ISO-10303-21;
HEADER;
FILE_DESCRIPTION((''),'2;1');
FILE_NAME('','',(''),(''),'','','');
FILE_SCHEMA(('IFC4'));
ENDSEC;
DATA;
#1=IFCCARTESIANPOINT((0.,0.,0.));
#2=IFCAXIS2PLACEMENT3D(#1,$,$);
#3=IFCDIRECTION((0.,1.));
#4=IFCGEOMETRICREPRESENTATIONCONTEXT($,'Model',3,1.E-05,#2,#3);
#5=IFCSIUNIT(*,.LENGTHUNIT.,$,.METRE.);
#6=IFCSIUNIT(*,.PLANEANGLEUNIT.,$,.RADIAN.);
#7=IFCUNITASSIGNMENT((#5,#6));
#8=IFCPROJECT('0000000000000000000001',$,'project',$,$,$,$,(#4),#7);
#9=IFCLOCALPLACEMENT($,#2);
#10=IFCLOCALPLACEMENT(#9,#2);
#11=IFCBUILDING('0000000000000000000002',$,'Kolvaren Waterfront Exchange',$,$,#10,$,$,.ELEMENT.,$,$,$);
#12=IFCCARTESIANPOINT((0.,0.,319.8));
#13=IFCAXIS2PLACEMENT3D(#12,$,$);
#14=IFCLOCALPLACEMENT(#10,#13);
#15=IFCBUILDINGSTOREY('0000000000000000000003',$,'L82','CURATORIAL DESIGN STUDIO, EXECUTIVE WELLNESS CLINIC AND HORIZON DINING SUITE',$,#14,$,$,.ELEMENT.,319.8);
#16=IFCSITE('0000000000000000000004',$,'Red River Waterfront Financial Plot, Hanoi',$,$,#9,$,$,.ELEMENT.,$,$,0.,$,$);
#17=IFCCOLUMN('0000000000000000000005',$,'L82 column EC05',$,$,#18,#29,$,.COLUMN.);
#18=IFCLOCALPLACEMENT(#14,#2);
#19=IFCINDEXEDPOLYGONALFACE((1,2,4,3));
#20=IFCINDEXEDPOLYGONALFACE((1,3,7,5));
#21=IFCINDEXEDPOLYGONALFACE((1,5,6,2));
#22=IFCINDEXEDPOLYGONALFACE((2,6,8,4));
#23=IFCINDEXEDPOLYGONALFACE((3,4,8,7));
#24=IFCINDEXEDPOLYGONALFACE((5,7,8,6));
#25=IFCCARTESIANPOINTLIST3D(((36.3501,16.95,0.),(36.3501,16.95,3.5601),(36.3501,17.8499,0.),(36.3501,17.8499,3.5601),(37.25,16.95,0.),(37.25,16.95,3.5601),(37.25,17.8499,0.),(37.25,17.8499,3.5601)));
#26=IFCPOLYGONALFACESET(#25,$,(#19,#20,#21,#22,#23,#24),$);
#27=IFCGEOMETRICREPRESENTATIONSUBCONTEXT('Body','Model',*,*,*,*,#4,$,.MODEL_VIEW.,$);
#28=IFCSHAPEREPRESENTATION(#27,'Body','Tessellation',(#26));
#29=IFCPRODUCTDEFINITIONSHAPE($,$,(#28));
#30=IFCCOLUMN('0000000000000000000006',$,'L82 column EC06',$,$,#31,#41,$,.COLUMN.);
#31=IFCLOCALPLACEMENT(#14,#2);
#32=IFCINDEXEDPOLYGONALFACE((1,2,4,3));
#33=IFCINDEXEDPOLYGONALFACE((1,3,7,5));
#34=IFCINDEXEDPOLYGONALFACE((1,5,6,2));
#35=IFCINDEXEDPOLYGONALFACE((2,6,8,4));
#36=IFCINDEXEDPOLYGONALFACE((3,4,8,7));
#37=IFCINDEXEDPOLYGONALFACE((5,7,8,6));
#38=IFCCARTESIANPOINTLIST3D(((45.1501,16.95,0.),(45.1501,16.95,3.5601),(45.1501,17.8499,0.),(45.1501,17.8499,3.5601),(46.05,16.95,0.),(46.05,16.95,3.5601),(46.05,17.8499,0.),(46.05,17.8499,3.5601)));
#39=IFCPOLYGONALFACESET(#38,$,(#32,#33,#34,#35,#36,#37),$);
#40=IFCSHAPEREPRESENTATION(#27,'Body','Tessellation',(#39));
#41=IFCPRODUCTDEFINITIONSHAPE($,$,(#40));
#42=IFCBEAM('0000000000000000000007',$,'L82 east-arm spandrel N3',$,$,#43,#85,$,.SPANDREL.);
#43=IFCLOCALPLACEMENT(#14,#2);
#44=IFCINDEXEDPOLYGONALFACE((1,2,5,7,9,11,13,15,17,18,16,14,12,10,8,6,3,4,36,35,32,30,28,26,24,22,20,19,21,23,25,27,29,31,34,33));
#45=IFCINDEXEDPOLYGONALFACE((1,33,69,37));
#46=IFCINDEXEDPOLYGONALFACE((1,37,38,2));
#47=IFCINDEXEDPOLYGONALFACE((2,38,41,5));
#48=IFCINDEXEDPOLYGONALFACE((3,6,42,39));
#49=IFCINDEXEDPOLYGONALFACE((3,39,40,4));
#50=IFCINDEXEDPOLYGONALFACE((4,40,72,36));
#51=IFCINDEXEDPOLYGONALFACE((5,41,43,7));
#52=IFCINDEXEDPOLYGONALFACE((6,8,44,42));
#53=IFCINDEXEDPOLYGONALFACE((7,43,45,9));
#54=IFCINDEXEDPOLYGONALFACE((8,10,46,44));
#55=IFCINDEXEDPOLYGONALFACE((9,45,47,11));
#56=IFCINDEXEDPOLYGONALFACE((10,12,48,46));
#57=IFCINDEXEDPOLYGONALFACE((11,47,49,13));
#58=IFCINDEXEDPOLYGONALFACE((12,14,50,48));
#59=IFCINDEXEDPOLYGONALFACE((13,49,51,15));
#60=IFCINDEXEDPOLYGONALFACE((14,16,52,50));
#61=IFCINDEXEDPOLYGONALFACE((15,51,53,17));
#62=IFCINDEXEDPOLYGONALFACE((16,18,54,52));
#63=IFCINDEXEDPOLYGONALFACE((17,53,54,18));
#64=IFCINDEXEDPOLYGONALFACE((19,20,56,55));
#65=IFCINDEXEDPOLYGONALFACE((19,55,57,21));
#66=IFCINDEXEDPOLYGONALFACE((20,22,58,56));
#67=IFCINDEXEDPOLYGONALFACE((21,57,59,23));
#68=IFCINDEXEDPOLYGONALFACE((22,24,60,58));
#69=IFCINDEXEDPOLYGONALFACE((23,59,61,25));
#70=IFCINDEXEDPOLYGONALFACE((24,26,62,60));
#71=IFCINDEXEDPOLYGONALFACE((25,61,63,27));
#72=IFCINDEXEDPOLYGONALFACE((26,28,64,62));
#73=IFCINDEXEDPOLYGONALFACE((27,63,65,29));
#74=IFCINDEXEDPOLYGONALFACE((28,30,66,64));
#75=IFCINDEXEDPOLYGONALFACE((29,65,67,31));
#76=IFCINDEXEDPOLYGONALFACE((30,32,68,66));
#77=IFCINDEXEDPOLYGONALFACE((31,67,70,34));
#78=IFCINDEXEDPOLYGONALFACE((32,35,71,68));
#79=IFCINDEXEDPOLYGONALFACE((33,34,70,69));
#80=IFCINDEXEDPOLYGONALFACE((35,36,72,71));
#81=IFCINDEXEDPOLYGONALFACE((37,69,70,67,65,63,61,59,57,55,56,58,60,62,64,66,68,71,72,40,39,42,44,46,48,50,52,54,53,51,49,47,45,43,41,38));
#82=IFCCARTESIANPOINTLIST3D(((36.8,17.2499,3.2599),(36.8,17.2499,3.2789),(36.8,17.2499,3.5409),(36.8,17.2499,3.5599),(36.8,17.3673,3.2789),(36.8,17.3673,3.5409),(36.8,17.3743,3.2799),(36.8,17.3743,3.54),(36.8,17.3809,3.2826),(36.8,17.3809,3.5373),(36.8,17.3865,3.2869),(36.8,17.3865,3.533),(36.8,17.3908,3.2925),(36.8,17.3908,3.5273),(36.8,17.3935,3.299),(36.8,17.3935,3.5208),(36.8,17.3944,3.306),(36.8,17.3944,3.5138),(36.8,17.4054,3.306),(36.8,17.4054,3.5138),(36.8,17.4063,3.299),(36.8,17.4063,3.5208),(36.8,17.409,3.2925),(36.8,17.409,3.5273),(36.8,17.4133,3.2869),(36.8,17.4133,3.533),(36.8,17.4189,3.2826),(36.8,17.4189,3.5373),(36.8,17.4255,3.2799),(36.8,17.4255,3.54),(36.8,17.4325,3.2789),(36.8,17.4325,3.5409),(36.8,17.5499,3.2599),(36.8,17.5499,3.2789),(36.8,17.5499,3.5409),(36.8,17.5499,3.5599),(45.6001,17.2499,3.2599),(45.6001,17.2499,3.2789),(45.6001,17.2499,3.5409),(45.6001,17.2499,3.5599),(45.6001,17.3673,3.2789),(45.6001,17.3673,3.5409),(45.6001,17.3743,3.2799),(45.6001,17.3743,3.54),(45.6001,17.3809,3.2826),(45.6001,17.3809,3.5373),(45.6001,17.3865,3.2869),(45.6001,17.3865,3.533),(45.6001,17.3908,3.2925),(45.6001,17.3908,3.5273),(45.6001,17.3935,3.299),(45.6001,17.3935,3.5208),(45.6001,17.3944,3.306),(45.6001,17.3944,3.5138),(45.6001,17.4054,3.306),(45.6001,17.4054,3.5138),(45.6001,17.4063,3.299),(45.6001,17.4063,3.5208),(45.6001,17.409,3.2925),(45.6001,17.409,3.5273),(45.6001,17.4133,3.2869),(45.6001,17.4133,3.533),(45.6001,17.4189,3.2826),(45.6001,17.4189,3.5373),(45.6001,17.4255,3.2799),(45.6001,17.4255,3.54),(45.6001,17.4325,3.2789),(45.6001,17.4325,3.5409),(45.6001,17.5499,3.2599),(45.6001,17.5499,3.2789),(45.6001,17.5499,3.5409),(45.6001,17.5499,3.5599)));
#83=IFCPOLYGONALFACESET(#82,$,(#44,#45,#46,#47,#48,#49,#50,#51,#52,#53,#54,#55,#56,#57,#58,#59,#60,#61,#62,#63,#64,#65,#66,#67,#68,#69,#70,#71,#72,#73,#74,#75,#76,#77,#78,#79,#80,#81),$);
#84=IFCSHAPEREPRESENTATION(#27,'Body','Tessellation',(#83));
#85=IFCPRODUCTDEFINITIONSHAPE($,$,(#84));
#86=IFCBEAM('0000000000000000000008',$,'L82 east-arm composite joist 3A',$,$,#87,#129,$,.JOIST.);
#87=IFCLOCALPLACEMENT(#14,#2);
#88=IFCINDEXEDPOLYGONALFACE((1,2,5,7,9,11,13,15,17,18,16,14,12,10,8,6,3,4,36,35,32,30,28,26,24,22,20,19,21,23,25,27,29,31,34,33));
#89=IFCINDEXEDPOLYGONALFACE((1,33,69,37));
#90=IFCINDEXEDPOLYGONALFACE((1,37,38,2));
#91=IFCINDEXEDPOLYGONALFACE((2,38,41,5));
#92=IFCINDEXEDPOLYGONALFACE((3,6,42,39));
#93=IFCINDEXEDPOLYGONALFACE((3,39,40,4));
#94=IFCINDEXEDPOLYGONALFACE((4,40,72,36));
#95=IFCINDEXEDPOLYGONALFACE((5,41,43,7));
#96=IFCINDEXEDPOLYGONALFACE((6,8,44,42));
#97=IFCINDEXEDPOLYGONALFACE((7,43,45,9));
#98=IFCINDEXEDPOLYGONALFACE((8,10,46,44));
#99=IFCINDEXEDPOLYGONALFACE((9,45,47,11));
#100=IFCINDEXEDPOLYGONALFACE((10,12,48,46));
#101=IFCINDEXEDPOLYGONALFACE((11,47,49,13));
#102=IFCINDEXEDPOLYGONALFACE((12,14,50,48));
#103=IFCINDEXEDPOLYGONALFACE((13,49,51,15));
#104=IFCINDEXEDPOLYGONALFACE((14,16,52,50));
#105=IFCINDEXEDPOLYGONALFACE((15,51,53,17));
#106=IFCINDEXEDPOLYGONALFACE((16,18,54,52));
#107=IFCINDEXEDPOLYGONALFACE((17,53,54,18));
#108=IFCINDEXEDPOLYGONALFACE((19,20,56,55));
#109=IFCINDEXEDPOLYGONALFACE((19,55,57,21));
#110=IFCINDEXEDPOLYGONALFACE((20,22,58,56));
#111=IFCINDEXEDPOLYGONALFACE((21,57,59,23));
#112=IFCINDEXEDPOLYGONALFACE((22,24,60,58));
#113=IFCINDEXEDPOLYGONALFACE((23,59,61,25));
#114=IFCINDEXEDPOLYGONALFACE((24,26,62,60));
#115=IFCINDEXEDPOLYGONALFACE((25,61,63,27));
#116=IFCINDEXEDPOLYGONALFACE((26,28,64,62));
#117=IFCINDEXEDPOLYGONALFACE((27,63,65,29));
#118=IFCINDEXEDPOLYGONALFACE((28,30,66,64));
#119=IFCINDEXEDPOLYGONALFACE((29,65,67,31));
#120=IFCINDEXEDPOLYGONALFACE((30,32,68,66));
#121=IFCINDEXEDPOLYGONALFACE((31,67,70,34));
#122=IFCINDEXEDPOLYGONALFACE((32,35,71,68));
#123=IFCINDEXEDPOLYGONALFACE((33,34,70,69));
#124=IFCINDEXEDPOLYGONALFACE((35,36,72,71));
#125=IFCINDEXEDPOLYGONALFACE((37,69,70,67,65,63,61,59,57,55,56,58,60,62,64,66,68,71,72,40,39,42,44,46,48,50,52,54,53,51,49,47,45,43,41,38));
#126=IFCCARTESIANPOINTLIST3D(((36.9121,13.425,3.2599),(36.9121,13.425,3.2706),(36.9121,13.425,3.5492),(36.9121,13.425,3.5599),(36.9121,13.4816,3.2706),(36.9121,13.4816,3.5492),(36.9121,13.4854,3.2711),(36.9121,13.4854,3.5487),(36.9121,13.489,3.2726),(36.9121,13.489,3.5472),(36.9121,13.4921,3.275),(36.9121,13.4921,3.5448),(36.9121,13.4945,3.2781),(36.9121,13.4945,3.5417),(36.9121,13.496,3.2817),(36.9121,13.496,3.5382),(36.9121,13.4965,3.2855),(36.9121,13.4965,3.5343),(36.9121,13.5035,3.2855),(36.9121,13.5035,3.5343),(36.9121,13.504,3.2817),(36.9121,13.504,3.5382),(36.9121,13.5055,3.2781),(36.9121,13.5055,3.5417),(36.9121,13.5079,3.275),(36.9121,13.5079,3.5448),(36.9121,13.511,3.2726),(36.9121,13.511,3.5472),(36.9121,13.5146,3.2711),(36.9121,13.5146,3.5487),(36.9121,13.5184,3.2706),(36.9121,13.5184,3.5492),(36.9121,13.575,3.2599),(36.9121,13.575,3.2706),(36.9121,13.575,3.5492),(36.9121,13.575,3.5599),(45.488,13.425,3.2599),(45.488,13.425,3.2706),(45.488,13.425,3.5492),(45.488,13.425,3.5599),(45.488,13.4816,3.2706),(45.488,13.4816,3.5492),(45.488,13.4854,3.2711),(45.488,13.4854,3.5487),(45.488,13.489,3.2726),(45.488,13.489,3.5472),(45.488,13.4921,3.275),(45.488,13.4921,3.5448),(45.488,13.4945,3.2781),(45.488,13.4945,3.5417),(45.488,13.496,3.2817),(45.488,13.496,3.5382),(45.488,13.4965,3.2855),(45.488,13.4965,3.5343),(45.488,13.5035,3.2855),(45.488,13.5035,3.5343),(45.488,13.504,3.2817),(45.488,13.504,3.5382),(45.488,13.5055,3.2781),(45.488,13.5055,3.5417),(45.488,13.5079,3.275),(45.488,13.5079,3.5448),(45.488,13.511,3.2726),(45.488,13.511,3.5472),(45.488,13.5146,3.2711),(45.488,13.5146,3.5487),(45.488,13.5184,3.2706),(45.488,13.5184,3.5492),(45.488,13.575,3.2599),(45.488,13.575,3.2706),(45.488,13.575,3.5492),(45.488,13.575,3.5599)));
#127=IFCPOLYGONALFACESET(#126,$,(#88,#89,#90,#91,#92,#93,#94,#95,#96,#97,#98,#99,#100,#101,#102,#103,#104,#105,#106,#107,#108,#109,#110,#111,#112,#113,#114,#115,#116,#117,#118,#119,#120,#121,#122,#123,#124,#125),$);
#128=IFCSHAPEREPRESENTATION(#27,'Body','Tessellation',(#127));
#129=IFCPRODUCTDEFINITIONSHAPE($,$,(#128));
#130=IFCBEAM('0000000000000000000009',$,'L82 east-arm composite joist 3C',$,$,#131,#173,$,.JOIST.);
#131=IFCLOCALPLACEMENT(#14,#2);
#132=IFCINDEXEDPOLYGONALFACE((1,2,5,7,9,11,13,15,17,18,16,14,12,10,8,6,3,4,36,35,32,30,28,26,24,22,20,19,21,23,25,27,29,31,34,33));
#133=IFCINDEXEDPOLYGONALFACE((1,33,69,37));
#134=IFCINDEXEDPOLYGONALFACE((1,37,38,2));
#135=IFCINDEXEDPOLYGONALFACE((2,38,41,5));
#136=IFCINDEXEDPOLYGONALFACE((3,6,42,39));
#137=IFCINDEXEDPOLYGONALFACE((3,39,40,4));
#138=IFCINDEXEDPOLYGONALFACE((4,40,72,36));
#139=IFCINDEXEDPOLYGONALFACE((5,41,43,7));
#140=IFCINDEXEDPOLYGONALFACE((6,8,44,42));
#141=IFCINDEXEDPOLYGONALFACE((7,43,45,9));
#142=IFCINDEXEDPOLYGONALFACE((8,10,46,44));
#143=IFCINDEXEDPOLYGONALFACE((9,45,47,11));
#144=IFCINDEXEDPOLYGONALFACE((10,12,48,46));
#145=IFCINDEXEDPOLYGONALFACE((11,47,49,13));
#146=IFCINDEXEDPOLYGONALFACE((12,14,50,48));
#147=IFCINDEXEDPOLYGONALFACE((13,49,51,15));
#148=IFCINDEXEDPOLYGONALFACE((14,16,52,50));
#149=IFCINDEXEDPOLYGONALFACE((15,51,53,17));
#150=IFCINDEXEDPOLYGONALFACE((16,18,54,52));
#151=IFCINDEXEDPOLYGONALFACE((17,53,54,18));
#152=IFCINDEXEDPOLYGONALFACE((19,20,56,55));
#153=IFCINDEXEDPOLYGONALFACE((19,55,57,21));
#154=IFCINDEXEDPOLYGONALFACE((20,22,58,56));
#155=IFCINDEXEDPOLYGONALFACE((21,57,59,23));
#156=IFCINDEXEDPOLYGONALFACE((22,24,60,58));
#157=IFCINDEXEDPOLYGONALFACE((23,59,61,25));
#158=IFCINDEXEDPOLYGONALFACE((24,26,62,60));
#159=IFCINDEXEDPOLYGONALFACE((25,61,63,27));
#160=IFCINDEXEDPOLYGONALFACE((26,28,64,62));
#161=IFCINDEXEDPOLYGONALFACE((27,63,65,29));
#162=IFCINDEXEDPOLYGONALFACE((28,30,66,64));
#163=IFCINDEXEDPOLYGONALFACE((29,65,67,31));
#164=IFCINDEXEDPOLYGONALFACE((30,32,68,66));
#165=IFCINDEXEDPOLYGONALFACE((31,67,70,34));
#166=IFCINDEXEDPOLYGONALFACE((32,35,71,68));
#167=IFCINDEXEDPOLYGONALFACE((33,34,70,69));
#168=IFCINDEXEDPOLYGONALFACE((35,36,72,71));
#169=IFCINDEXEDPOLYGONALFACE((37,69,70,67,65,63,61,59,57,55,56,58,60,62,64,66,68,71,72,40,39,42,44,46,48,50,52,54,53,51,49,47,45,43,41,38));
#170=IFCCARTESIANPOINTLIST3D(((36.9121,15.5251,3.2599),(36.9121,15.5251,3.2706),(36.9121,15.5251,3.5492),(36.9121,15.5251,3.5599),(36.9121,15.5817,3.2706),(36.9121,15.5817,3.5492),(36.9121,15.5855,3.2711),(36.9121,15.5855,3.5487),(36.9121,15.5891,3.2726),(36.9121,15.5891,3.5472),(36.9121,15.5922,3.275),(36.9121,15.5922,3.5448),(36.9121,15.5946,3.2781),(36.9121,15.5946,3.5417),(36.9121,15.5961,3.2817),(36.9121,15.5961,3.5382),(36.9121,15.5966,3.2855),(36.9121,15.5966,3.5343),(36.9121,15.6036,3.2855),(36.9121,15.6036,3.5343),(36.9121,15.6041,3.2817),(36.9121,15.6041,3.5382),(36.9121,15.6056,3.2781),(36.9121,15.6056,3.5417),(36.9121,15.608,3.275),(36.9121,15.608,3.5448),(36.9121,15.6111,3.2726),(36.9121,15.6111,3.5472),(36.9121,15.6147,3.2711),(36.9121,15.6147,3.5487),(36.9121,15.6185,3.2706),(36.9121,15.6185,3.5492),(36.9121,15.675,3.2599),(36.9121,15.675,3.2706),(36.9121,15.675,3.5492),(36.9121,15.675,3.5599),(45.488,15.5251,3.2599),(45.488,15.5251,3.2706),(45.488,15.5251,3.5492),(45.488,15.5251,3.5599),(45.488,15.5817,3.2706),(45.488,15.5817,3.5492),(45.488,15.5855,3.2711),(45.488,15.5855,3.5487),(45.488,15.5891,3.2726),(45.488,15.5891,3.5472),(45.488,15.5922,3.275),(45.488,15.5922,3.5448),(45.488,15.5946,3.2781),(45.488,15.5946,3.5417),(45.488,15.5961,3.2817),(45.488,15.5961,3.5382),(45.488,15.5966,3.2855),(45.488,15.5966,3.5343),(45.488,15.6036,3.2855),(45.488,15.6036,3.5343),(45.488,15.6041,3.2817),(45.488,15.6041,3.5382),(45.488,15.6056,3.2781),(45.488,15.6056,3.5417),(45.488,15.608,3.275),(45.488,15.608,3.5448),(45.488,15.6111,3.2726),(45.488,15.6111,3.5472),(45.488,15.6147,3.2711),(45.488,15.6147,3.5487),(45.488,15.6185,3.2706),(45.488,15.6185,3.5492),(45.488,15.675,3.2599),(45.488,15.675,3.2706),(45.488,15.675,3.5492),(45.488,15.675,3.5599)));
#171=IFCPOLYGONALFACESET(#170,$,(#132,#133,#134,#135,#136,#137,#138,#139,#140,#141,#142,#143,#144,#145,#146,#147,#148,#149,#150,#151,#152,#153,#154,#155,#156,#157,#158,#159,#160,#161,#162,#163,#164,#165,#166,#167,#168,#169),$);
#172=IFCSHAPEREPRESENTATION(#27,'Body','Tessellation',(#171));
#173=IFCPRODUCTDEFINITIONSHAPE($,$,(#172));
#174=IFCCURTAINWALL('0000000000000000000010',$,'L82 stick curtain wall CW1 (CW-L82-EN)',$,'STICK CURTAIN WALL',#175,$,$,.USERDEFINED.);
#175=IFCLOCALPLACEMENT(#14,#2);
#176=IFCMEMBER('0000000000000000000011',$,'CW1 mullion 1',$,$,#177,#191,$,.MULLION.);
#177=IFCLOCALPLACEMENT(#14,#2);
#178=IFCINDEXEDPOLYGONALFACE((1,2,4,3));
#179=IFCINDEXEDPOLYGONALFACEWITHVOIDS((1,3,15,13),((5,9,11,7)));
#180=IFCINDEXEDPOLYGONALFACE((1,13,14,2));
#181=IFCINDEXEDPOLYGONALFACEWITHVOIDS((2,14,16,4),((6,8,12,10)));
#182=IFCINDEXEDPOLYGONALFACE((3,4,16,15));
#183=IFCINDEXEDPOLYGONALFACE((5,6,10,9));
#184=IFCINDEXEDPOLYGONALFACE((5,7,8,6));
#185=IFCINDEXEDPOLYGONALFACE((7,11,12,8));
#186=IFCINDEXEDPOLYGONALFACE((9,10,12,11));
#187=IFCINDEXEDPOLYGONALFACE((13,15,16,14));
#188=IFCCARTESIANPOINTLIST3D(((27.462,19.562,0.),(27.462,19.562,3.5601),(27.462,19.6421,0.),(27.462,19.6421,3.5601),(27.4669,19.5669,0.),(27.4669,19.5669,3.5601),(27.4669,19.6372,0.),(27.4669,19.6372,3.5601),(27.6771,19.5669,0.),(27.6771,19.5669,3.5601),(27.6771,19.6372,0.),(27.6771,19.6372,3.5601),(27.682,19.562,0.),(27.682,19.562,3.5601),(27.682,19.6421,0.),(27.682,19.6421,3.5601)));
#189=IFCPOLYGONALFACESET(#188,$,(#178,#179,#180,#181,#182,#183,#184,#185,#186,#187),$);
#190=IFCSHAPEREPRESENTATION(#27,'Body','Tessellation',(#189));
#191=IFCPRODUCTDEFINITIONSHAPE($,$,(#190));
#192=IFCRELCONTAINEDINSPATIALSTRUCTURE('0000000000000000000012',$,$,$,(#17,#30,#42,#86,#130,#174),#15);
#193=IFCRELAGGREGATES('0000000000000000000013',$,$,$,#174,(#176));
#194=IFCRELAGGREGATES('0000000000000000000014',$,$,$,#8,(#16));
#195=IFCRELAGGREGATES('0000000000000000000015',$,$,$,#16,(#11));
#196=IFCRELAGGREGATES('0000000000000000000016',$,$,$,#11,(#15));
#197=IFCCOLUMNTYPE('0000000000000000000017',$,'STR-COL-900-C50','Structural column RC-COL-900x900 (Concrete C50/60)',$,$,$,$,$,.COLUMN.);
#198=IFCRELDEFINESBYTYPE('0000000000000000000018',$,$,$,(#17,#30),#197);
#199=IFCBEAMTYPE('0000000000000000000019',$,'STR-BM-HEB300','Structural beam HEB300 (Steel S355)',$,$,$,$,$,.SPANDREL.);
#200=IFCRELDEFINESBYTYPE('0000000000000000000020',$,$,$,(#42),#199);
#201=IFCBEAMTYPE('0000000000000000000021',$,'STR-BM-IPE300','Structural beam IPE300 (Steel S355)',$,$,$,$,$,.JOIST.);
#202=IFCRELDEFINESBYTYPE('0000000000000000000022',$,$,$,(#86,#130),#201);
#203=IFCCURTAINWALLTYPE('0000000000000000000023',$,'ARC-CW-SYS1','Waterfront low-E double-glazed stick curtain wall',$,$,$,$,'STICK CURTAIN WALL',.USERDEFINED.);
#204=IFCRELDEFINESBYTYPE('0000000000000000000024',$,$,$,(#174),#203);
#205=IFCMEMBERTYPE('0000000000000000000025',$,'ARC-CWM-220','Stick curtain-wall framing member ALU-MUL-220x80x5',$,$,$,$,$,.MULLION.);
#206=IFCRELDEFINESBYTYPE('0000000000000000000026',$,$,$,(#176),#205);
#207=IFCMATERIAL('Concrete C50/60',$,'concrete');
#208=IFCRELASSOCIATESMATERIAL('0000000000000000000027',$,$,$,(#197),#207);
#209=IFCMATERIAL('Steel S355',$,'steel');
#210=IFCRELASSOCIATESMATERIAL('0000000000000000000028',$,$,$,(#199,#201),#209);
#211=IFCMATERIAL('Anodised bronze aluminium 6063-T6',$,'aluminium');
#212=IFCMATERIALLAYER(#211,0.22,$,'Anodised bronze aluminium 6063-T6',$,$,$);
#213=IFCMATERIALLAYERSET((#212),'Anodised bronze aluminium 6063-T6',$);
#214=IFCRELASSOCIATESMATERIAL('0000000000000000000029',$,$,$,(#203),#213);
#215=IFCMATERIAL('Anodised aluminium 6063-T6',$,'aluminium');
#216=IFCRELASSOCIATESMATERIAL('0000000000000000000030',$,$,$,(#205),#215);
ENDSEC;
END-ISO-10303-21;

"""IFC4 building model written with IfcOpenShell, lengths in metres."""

from ifc_helpers import new_model, si_unit, direction, frame, origin, origin_with_axes, origin_2d, place, context, subcontext, project, spatial, rectangle, hollow_rectangle, i_section, extrude, source, transform, mapped, material, layer, layer_set, material_profile, profile_set, type_object, element, aggregate, save


model = new_model("IFC4")

# Units and contexts
model_context = context("Model", 3, precision=1e-05, world=origin(), true_north=direction((0.0, 1.0)))
body_context = subcontext(model_context, "Body", "Model", "MODEL_VIEW")
ifc_project = project(units=[si_unit("LENGTHUNIT", "METRE"), si_unit("PLANEANGLEUNIT", "RADIAN")], contexts=[model_context])

# Site, building, storey
site_placement = place(None, origin())
site = spatial("IfcSite", under=ifc_project, at=site_placement, Name="Red River Waterfront Financial Plot, Hanoi", CompositionType="ELEMENT", RefElevation=0.0)
building_placement = place(site_placement, origin())
building = spatial("IfcBuilding", under=site, at=building_placement, Name="Kolvaren Waterfront Exchange", CompositionType="ELEMENT")
storey_placement = place(building_placement, frame((0.0, 0.0, 319.8)))
storey = spatial("IfcBuildingStorey", under=building, at=storey_placement, Name="L82", Description="CURATORIAL DESIGN STUDIO, EXECUTIVE WELLNESS CLINIC AND HORIZON DINING SUITE", CompositionType="ELEMENT", Elevation=319.8)

# Columns
ifc_material_1 = material(Name="Concrete C50/60", Category="concrete")
ifc_material_profile_1 = material_profile(ifc_material_1, rectangle(XDim=0.8999, YDim=0.8999, at=origin_2d()), Name="RC-COL-900x900")
ifc_profile_set_1 = profile_set([ifc_material_profile_1], Name="Concrete C50/60")
column_type = type_object("IfcColumnType", Name="STR-COL-900-C50", Description="Structural column RC-COL-900x900 (Concrete C50/60)", PredefinedType="COLUMN", material=ifc_profile_set_1)
for number, where, z_axis, x_axis, name in (
    (1, (36.8, 17.3999, 0.0), (0.0, 0.0, 1.0), (1.0, 0.0, 0.0), "L82 column EC05"),
    (2, (45.6001, 17.3999, 0.0), (0.0, 0.0, 1.0), (1.0, 0.0, 0.0), "L82 column EC06"),
):
    element("IfcColumn", number, at=place(storey_placement, frame(where, z_axis=z_axis, x_axis=x_axis)), inside=storey, type_object=column_type, Name=name, PredefinedType="COLUMN", context=body_context, shape_type="SweptSolid", body=[
        extrude(rectangle(XDim=0.8999, YDim=0.8999, at=origin_2d()), origin(), (0.0, 0.0, 1.0), 3.5601),
    ])

# Beams
ifc_material_2 = material(Name="Steel S355", Category="steel")
ifc_material_profile_2 = material_profile(ifc_material_2, i_section(OverallWidth=0.3, OverallDepth=0.3, WebThickness=0.011, FlangeThickness=0.019, FilletRadius=0.0271, at=origin_2d()), Name="HEB300")
ifc_profile_set_2 = profile_set([ifc_material_profile_2], Name="Steel S355")
beam_type_1 = type_object("IfcBeamType", Name="STR-BM-HEB300", Description="Structural beam HEB300 (Steel S355)", PredefinedType="SPANDREL", material=ifc_profile_set_2)
beam_placement = place(storey_placement, frame((36.8, 17.3999, 3.4099), z_axis=(1.0, 0.0, 0.0), x_axis=(0.0, 1.0, 0.0)))
element("IfcBeam", 3, at=beam_placement, inside=storey, type_object=beam_type_1, Name="L82 east-arm spandrel N3", PredefinedType="SPANDREL", context=body_context, shape_type="SweptSolid", body=[
    extrude(i_section(OverallWidth=0.3, OverallDepth=0.3, WebThickness=0.011, FlangeThickness=0.019, FilletRadius=0.0271, at=origin_2d()), origin(), (0.0, 0.0, 1.0), 8.8),
])
ifc_material_profile_3 = material_profile(ifc_material_2, i_section(OverallWidth=0.1499, OverallDepth=0.3, WebThickness=0.0071, FlangeThickness=0.0107, FilletRadius=0.0149, at=origin_2d()), Name="IPE300")
ifc_profile_set_3 = profile_set([ifc_material_profile_3], Name="Steel S355")
beam_type_2 = type_object("IfcBeamType", Name="STR-BM-IPE300", Description="Structural beam IPE300 (Steel S355)", PredefinedType="JOIST", material=ifc_profile_set_3)
for number, where, z_axis, x_axis, name in (
    (4, (36.9121, 13.5, 3.4099), (1.0, 0.0, 0.0), (0.0, 1.0, 0.0), "L82 east-arm composite joist 3A"),
    (5, (36.9121, 15.6001, 3.4099), (1.0, 0.0, 0.0), (0.0, 1.0, 0.0), "L82 east-arm composite joist 3C"),
):
    element("IfcBeam", number, at=place(storey_placement, frame(where, z_axis=z_axis, x_axis=x_axis)), inside=storey, type_object=beam_type_2, Name=name, PredefinedType="JOIST", context=body_context, shape_type="SweptSolid", body=[
        extrude(i_section(OverallWidth=0.1499, OverallDepth=0.3, WebThickness=0.0071, FlangeThickness=0.0107, FilletRadius=0.0149, at=origin_2d()), origin(), (0.0, 0.0, 1.0), 8.5759),
    ])

# Curtain wall, member
ifc_material_3 = material(Name="Anodised bronze aluminium 6063-T6", Category="aluminium")
ifc_layer_1 = layer(ifc_material_3, 0.22, Name="Anodised bronze aluminium 6063-T6")
ifc_layer_set_1 = layer_set([ifc_layer_1], Name="Anodised bronze aluminium 6063-T6")
curtain_wall_type = type_object("IfcCurtainWallType", Name="ARC-CW-SYS1", Description="Waterfront low-E double-glazed stick curtain wall", ElementType="STICK CURTAIN WALL", PredefinedType="USERDEFINED", material=ifc_layer_set_1)
curtain_wall_placement = place(storey_placement, origin())
curtain_wall = element("IfcCurtainWall", 6, at=curtain_wall_placement, inside=storey, type_object=curtain_wall_type, Name="L82 stick curtain wall CW1 (CW-L82-EN)", ObjectType="STICK CURTAIN WALL", PredefinedType="USERDEFINED")
ifc_material_4 = material(Name="Anodised aluminium 6063-T6", Category="aluminium")
ifc_material_profile_4 = material_profile(ifc_material_4, hollow_rectangle(XDim=0.0801, YDim=0.22, WallThickness=0.0049, at=origin_2d()), Name="ALU-MUL-220x80x5")
ifc_profile_set_4 = profile_set([ifc_material_profile_4], Name="Anodised aluminium 6063-T6")
member_type_1 = type_object("IfcMemberType", Name="ARC-CWM-220", Description="Stick curtain-wall framing member ALU-MUL-220x80x5", PredefinedType="MULLION", material=ifc_profile_set_4)
shared_shape_1 = source(origin_with_axes(), body_context, "Body", "SweptSolid", [
    extrude(hollow_rectangle(XDim=0.0801, YDim=0.22, WallThickness=0.0049, at=origin_2d()), origin(), (0.0, 0.0, 1.0), 3.5601),
])
member_1_placement = place(storey_placement, frame((27.572, 19.6021, 0.0), z_axis=(0.0, 0.0, 1.0), x_axis=(0.0, 1.0, 0.0)))
member_1 = element("IfcMember", 7, at=member_1_placement, type_object=member_type_1, Name="CW1 mullion 1", PredefinedType="MULLION", context=body_context, shape_type="MappedRepresentation", body=[
    mapped(shared_shape_1, transform((0.0, 0.0, 0.0), x_axis=(1.0, 0.0, 0.0), y_axis=(0.0, 1.0, 0.0), z_axis=(0.0, 0.0, 1.0), scale=1.0)),
])
aggregate(curtain_wall, [member_1])

save(model, "model.ifc")
